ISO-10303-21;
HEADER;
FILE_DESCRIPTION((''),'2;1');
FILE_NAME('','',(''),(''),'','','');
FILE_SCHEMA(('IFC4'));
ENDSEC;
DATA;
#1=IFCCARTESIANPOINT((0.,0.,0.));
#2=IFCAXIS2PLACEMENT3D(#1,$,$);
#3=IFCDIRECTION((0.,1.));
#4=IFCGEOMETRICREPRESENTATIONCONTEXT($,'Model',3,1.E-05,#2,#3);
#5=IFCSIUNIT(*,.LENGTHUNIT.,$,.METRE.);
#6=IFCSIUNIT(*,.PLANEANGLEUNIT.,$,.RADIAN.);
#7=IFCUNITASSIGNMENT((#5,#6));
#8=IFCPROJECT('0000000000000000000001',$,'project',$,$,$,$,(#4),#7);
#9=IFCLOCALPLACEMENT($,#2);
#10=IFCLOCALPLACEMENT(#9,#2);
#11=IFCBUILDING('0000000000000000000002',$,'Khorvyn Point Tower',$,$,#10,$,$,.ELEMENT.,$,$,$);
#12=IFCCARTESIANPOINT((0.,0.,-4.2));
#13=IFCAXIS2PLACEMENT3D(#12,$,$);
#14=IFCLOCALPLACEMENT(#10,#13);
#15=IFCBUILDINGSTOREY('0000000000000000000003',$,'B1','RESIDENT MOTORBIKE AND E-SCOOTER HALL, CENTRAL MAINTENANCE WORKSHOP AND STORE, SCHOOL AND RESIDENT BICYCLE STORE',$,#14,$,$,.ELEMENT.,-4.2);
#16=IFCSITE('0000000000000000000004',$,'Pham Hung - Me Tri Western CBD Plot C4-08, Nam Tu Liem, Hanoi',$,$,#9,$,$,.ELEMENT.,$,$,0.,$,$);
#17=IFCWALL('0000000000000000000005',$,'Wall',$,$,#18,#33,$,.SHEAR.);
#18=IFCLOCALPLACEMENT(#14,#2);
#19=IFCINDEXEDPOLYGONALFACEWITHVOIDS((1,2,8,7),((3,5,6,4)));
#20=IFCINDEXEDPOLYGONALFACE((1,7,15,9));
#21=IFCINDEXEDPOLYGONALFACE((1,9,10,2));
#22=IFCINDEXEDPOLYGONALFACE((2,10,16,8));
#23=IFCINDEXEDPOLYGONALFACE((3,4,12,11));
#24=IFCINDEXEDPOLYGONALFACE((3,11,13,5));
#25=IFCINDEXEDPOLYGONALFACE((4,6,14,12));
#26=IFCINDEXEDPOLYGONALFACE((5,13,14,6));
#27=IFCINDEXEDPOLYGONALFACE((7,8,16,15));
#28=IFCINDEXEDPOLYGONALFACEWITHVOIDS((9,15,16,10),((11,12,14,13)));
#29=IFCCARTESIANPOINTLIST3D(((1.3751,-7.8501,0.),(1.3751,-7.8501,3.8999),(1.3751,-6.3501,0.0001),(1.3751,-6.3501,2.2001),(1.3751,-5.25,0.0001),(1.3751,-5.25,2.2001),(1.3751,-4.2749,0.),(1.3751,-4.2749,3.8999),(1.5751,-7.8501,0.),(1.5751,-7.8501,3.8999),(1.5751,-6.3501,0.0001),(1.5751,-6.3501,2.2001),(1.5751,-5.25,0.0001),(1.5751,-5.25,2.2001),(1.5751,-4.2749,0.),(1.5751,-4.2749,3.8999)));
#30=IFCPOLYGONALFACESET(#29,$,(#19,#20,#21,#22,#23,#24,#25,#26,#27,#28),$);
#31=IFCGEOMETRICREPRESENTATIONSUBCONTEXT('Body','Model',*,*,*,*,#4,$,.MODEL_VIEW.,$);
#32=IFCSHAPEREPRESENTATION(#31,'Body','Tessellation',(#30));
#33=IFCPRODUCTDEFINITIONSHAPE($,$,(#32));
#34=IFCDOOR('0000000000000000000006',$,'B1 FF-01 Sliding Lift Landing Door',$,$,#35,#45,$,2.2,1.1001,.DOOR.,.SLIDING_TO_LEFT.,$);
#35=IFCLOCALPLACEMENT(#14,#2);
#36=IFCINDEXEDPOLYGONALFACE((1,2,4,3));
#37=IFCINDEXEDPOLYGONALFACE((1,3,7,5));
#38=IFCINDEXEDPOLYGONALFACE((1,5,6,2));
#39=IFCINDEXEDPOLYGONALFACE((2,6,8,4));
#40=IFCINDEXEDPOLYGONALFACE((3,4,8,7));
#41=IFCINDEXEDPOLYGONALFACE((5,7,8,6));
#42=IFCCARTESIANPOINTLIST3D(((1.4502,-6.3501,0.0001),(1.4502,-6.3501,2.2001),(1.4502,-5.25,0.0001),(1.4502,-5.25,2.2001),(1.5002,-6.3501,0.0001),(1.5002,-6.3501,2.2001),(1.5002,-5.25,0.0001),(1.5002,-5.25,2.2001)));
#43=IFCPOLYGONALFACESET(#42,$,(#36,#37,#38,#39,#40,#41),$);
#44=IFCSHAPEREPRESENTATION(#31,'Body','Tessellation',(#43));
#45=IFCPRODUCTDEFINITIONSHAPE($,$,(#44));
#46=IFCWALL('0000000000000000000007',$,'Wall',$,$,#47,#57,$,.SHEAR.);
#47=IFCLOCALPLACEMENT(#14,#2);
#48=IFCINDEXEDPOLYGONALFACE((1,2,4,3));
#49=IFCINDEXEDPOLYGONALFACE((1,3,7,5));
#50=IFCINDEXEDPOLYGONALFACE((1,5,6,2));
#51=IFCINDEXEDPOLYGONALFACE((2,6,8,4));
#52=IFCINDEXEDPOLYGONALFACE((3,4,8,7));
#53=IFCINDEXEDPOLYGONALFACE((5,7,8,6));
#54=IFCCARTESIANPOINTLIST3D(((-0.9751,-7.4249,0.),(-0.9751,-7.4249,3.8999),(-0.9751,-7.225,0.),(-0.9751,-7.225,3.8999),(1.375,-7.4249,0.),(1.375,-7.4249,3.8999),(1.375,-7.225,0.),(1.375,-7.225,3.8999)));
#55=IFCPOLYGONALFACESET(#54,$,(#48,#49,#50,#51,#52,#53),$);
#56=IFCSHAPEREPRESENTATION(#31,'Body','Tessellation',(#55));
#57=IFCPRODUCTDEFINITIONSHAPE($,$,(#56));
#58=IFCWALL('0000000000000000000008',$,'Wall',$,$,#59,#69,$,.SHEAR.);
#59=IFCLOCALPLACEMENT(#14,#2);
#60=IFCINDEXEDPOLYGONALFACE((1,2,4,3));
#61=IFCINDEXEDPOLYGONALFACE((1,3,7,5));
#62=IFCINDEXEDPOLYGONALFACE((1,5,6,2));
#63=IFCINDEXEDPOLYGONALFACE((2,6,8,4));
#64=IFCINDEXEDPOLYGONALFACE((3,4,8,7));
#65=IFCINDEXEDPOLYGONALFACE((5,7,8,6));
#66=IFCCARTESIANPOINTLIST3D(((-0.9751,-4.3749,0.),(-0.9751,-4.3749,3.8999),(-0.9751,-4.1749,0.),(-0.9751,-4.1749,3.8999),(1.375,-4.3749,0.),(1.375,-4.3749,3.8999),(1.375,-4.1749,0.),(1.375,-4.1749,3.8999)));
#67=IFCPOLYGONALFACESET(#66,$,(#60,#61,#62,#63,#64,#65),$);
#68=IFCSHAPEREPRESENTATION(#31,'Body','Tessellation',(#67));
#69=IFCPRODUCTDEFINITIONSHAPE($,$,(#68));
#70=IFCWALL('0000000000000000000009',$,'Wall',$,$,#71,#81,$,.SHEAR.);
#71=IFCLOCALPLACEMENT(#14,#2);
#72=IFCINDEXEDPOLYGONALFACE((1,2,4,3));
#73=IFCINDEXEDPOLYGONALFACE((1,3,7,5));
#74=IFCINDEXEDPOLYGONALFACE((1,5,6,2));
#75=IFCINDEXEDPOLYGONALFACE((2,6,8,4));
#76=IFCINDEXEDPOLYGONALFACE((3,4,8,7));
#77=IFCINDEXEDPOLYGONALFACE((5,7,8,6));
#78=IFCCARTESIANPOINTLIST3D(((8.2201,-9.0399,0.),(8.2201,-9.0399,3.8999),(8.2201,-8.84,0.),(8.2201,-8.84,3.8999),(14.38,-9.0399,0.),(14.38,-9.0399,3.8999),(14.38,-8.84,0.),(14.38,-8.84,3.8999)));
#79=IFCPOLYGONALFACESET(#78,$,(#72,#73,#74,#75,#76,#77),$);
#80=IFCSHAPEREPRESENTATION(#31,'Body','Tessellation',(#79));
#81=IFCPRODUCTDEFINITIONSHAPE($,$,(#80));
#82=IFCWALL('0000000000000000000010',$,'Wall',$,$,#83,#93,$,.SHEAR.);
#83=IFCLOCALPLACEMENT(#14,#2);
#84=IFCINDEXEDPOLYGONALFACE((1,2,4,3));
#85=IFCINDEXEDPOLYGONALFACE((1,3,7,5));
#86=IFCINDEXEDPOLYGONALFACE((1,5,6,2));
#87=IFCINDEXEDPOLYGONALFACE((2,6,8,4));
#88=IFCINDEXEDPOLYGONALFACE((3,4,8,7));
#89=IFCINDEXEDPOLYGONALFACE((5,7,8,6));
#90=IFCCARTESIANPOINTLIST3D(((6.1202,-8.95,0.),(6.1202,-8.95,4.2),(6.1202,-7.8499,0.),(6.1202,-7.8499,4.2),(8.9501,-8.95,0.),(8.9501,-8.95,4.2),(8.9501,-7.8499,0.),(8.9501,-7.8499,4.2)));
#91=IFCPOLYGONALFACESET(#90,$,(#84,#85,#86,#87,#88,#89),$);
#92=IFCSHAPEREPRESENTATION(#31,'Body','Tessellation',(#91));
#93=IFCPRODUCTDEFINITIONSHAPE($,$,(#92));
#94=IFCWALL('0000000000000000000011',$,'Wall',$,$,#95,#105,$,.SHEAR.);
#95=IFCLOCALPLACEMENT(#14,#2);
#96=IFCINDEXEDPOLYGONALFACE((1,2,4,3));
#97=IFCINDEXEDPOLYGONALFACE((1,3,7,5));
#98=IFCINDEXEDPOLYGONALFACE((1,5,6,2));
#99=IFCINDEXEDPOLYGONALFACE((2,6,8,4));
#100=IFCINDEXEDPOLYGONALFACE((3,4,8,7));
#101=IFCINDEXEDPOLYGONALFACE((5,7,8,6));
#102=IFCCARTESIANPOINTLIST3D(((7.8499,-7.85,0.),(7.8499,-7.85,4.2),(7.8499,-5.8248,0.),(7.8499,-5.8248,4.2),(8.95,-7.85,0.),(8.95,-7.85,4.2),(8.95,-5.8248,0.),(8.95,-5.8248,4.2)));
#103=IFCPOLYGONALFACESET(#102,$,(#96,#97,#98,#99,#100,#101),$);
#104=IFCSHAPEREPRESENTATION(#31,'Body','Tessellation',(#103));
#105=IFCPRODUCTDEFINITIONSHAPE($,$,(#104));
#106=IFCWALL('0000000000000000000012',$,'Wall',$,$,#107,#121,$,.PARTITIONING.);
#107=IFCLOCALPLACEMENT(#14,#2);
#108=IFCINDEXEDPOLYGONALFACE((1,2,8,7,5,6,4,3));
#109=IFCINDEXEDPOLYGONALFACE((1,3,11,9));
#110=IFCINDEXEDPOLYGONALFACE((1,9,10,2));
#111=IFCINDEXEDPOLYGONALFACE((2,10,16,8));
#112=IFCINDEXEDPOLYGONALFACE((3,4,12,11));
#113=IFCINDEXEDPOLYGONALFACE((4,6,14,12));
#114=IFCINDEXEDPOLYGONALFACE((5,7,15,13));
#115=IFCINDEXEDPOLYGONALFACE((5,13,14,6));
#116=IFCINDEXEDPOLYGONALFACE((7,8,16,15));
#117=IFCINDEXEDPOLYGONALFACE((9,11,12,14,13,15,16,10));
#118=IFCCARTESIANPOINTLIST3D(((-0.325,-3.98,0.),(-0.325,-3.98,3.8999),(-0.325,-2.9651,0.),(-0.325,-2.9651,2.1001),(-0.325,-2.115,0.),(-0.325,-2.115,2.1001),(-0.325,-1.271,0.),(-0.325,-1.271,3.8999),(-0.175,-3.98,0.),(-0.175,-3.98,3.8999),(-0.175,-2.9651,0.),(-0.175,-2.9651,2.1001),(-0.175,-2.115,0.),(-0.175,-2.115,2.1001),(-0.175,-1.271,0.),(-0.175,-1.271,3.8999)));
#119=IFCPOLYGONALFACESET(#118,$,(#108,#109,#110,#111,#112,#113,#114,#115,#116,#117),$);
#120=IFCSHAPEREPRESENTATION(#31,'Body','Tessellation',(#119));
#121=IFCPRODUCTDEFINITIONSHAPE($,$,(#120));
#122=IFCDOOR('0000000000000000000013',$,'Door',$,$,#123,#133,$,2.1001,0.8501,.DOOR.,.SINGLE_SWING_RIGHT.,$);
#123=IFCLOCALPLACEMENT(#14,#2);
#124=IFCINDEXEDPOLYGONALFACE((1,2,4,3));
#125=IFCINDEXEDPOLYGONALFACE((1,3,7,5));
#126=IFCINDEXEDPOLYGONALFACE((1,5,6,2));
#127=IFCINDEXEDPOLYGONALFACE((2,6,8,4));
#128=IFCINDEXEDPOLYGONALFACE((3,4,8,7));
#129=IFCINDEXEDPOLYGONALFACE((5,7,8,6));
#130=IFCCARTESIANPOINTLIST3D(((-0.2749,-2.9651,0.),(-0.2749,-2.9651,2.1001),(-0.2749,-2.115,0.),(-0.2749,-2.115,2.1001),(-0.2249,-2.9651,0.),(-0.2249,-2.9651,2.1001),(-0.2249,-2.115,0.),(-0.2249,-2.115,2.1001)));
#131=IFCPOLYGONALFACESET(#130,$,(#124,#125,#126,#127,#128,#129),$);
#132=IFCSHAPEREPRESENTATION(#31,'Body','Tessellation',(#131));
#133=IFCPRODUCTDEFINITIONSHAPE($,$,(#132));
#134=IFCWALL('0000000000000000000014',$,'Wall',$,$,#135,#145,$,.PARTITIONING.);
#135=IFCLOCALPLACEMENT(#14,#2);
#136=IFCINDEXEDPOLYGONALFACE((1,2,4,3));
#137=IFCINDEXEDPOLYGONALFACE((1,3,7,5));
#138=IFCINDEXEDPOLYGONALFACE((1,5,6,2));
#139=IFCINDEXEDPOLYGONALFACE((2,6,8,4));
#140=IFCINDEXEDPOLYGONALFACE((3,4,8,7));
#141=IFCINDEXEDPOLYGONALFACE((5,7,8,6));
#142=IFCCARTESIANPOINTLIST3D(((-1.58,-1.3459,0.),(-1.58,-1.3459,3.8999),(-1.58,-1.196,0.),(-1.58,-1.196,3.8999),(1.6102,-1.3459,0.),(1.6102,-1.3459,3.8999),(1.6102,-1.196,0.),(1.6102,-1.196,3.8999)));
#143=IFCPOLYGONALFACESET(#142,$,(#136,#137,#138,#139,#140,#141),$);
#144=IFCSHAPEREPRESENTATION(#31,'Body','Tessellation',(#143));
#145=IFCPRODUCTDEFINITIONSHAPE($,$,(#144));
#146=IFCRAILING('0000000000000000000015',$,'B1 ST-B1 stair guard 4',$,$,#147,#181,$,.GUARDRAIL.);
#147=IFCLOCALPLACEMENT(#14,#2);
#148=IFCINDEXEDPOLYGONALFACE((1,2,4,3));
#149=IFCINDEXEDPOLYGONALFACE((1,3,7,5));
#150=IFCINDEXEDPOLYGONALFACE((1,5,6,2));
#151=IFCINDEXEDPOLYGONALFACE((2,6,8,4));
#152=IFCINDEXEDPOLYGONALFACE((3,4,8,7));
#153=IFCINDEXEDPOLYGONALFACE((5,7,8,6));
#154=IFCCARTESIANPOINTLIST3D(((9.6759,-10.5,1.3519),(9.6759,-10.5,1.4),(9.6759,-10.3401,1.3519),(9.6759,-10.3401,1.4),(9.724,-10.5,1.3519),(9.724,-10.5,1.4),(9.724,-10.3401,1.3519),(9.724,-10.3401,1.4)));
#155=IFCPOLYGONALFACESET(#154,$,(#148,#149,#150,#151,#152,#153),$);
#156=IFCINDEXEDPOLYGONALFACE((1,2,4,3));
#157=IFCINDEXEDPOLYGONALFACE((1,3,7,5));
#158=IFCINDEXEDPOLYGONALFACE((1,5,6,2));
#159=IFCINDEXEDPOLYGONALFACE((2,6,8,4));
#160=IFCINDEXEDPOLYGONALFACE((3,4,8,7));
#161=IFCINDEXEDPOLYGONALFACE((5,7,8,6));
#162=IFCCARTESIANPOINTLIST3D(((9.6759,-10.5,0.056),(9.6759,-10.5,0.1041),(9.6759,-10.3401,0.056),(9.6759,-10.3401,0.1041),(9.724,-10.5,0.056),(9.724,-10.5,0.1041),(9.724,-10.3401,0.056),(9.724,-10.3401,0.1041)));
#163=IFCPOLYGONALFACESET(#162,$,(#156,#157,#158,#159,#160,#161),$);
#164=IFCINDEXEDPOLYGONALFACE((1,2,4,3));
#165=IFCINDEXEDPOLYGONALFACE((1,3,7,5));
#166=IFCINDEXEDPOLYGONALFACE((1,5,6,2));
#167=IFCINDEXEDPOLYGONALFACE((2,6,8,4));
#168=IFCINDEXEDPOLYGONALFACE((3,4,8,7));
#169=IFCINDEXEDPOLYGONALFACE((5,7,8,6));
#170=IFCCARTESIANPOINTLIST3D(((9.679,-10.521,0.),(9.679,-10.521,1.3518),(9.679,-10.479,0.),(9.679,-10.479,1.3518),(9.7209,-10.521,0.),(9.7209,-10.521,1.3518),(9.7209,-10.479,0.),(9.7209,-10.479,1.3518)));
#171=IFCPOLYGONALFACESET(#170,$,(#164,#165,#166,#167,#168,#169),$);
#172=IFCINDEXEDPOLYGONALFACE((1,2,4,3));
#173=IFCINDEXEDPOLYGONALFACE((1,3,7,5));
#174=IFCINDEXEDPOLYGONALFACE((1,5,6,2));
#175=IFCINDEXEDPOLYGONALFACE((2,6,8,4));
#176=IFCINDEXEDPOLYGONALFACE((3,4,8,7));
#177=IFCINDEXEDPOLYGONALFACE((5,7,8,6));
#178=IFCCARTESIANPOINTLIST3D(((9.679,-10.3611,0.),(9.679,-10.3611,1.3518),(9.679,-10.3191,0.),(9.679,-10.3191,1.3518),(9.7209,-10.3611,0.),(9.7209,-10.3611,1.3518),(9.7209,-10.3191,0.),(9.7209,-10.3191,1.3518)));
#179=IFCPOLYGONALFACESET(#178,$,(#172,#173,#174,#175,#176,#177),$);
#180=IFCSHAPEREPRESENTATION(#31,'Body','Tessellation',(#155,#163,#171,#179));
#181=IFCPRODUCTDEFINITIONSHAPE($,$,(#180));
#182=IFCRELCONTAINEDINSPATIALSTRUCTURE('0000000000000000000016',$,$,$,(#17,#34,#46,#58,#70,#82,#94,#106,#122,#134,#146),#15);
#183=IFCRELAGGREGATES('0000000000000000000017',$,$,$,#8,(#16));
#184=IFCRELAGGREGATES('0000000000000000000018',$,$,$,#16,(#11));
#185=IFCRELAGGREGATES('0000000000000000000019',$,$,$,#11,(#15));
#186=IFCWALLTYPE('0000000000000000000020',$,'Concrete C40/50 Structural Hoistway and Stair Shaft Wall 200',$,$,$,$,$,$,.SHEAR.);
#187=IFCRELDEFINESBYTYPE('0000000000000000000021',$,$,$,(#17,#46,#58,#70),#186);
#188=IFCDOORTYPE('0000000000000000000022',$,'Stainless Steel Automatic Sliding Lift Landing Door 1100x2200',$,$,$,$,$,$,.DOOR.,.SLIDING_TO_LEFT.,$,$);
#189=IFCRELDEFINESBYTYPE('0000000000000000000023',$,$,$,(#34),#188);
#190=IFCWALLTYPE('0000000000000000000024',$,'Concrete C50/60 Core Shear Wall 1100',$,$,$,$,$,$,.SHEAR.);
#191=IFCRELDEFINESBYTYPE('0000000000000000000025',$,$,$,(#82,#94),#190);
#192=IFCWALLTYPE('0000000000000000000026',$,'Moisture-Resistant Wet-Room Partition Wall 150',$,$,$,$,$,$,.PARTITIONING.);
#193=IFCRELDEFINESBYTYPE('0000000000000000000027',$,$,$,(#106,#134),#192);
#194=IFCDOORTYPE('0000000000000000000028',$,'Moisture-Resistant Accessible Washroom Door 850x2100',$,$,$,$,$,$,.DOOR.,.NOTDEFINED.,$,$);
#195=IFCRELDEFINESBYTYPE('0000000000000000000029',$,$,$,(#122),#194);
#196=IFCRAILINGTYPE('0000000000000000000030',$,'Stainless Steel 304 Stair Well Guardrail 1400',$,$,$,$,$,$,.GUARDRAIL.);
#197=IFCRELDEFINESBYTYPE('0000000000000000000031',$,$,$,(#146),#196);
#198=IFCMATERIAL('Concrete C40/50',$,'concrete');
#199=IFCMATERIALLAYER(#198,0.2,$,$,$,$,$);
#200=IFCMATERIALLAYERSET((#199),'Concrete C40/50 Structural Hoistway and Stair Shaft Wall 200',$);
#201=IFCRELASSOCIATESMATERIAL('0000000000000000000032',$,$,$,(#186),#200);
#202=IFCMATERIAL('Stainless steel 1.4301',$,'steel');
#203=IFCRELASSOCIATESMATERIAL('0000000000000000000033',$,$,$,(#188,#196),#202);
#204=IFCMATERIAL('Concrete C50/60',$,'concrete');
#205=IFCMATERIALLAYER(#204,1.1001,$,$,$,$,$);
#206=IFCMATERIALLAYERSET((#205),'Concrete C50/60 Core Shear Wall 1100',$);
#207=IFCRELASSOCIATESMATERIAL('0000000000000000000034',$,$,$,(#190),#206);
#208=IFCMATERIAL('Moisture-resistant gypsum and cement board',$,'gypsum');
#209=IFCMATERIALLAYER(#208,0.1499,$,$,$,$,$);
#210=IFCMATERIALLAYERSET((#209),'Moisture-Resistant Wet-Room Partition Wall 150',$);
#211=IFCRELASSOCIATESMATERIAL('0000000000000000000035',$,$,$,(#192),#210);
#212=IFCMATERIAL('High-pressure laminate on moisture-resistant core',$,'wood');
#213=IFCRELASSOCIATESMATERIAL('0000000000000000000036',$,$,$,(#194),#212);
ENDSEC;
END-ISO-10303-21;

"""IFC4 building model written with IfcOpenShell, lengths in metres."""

from ifc_helpers import new_model, si_unit, direction, frame, frame_2d, origin, origin_2d, place, context, subcontext, project, spatial, rectangle, extrude, material, layer, layer_set, type_object, element, fill, save


model = new_model("IFC4")

# Units and contexts
model_context = context("Model", 3, precision=1e-05, world=origin(), true_north=direction((0.0, 1.0)))
body_context = subcontext(model_context, "Body", "Model", "MODEL_VIEW")
ifc_project = project(units=[si_unit("LENGTHUNIT", "METRE"), si_unit("PLANEANGLEUNIT", "RADIAN")], contexts=[model_context])

# Site, building, storey
site_placement = place(None, origin())
site = spatial("IfcSite", under=ifc_project, at=site_placement, Name="Pham Hung - Me Tri Western CBD Plot C4-08, Nam Tu Liem, Hanoi", CompositionType="ELEMENT", RefElevation=0.0)
building_placement = place(site_placement, origin())
building = spatial("IfcBuilding", under=site, at=building_placement, Name="Khorvyn Point Tower", CompositionType="ELEMENT")
storey_placement = place(building_placement, frame((0.0, 0.0, -4.2)))
storey = spatial("IfcBuildingStorey", under=building, at=storey_placement, Name="B1", Description="RESIDENT MOTORBIKE AND E-SCOOTER HALL, CENTRAL MAINTENANCE WORKSHOP AND STORE, SCHOOL AND RESIDENT BICYCLE STORE", CompositionType="ELEMENT", Elevation=-4.2)

# Shared definitions
ifc_material_1 = material(Name="Concrete C40/50", Category="concrete")

# Shared definitions
ifc_material_2 = material(Name="Concrete C50/60", Category="concrete")

# Shared definitions
ifc_layer_1 = layer(ifc_material_1, 0.2)
ifc_layer_set_1 = layer_set([ifc_layer_1], Name="Concrete C40/50 Structural Hoistway and Stair Shaft Wall 200")
wall_type_1 = type_object("IfcWallType", Name="Concrete C40/50 Structural Hoistway and Stair Shaft Wall 200", PredefinedType="SHEAR", material=ifc_layer_set_1)

# Wall, opening, door
wall_1_placement = place(storey_placement, frame((1.4751, -7.8501, 0.0), z_axis=(0.0, 0.0, 1.0), x_axis=(0.0, 1.0, 0.0)))
wall_1 = element("IfcWall", 1, at=wall_1_placement, inside=storey, type_object=wall_type_1, Name="Wall", PredefinedType="SHEAR", context=body_context, shape_type="SweptSolid", body=[
    extrude(rectangle(XDim=3.5752, YDim=0.2, at=frame_2d((1.7876, 0.0))), origin(), (0.0, 0.0, 1.0), 3.8999),
])
opening_1_placement = place(wall_1_placement, frame((1.5, 0.0, 0.0)))
opening_1 = element("IfcOpeningElement", 2, at=opening_1_placement, cuts=wall_1, PredefinedType="OPENING", context=body_context, shape_type="SweptSolid", body=[
    extrude(rectangle(XDim=1.1001, YDim=2.2, at=frame_2d((0.55, 1.1001))), frame((0.0, 0.1099, 0.0), z_axis=(0.0, -1.0, 0.0), x_axis=(1.0, 0.0, 0.0)), (0.0, 0.0, 1.0), 0.22),
])
ifc_material_3 = material(Name="Stainless steel 1.4301", Category="steel")
door_type_1 = type_object("IfcDoorType", Name="Stainless Steel Automatic Sliding Lift Landing Door 1100x2200", OperationType="SLIDING_TO_LEFT", PredefinedType="DOOR", material=ifc_material_3)
door_1_placement = place(opening_1_placement, origin())
door_1 = element("IfcDoor", 3, at=door_1_placement, inside=storey, type_object=door_type_1, Name="B1 FF-01 Sliding Lift Landing Door", OperationType="SLIDING_TO_LEFT", OverallHeight=2.2, OverallWidth=1.1001, PredefinedType="DOOR", context=body_context, shape_type="SweptSolid", body=[
    extrude(rectangle(XDim=1.1001, YDim=2.2, at=frame_2d((0.55, 1.1001))), frame((0.0, 0.0249, 0.0), z_axis=(0.0, -1.0, 0.0), x_axis=(1.0, 0.0, 0.0)), (0.0, 0.0, 1.0), 0.05),
])
fill(opening_1, door_1)

# Walls
for number, where, z_axis, x_axis, name in (
    (4, (-0.9751, -7.325, 0.0), (0.0, 0.0, 1.0), (1.0, 0.0, 0.0), "Wall"),
    (5, (-0.9751, -4.2749, 0.0), (0.0, 0.0, 1.0), (1.0, 0.0, 0.0), "Wall"),
):
    element("IfcWall", number, at=place(storey_placement, frame(where, z_axis=z_axis, x_axis=x_axis)), inside=storey, type_object=wall_type_1, Name=name, PredefinedType="SHEAR", context=body_context, shape_type="SweptSolid", body=[
        extrude(rectangle(XDim=2.3501, YDim=0.2, at=frame_2d((1.175, 0.0))), origin(), (0.0, 0.0, 1.0), 3.8999),
    ])
wall_2_placement = place(storey_placement, frame((8.22, -8.9399, 0.0), z_axis=(0.0, 0.0, 1.0), x_axis=(1.0, 0.0, 0.0)))
element("IfcWall", 6, at=wall_2_placement, inside=storey, type_object=wall_type_1, Name="Wall", PredefinedType="SHEAR", context=body_context, shape_type="SweptSolid", body=[
    extrude(rectangle(XDim=6.1599, YDim=0.2, at=frame_2d((3.0801, 0.0))), origin(), (0.0, 0.0, 1.0), 3.8999),
])
ifc_layer_2 = layer(ifc_material_2, 1.1001)
ifc_layer_set_2 = layer_set([ifc_layer_2], Name="Concrete C50/60 Core Shear Wall 1100")
wall_type_2 = type_object("IfcWallType", Name="Concrete C50/60 Core Shear Wall 1100", PredefinedType="SHEAR", material=ifc_layer_set_2)
wall_3_placement = place(storey_placement, frame((6.1201, -8.3999, 0.0), z_axis=(0.0, 0.0, 1.0), x_axis=(1.0, 0.0, 0.0)))
element("IfcWall", 7, at=wall_3_placement, inside=storey, type_object=wall_type_2, Name="Wall", PredefinedType="SHEAR", context=body_context, shape_type="SweptSolid", body=[
    extrude(rectangle(XDim=2.8298, YDim=1.1001, at=frame_2d((1.415, 0.0))), origin(), (0.0, 0.0, 1.0), 4.2),
])
wall_4_placement = place(storey_placement, frame((8.3999, -7.8501, 0.0), z_axis=(0.0, 0.0, 1.0), x_axis=(0.0, 1.0, 0.0)))
element("IfcWall", 8, at=wall_4_placement, inside=storey, type_object=wall_type_2, Name="Wall", PredefinedType="SHEAR", context=body_context, shape_type="SweptSolid", body=[
    extrude(rectangle(XDim=2.0251, YDim=1.1001, at=frame_2d((1.0127, 0.0))), origin(), (0.0, 0.0, 1.0), 4.2),
])

# Wall, opening, door
ifc_material_4 = material(Name="Moisture-resistant gypsum and cement board", Category="gypsum")
ifc_layer_3 = layer(ifc_material_4, 0.1499)
ifc_layer_set_3 = layer_set([ifc_layer_3], Name="Moisture-Resistant Wet-Room Partition Wall 150")
wall_type_3 = type_object("IfcWallType", Name="Moisture-Resistant Wet-Room Partition Wall 150", PredefinedType="PARTITIONING", material=ifc_layer_set_3)
wall_5_placement = place(storey_placement, frame((-0.25, -3.98, 0.0), z_axis=(0.0, 0.0, 1.0), x_axis=(0.0, 1.0, 0.0)))
wall_5 = element("IfcWall", 9, at=wall_5_placement, inside=storey, type_object=wall_type_3, Name="Wall", PredefinedType="PARTITIONING", context=body_context, shape_type="SweptSolid", body=[
    extrude(rectangle(XDim=2.709, YDim=0.1499, at=frame_2d((1.3545, 0.0))), origin(), (0.0, 0.0, 1.0), 3.8999),
])
opening_2_placement = place(wall_5_placement, frame((1.0149, 0.0, 0.0)))
opening_2 = element("IfcOpeningElement", 10, at=opening_2_placement, cuts=wall_5, PredefinedType="OPENING", context=body_context, shape_type="SweptSolid", body=[
    extrude(rectangle(XDim=0.8501, YDim=2.1001, at=frame_2d((0.425, 1.05))), frame((0.0, 0.085, 0.0), z_axis=(0.0, -1.0, 0.0), x_axis=(1.0, 0.0, 0.0)), (0.0, 0.0, 1.0), 0.1699),
])
ifc_material_5 = material(Name="High-pressure laminate on moisture-resistant core", Category="wood")
door_type_2 = type_object("IfcDoorType", Name="Moisture-Resistant Accessible Washroom Door 850x2100", OperationType="NOTDEFINED", PredefinedType="DOOR", material=ifc_material_5)
door_2_placement = place(opening_2_placement, origin())
door_2 = element("IfcDoor", 11, at=door_2_placement, inside=storey, type_object=door_type_2, Name="Door", OperationType="SINGLE_SWING_RIGHT", OverallHeight=2.1001, OverallWidth=0.8501, PredefinedType="DOOR", context=body_context, shape_type="SweptSolid", body=[
    extrude(rectangle(XDim=0.8501, YDim=2.1001, at=frame_2d((0.425, 1.05))), frame((0.0, 0.0249, 0.0), z_axis=(0.0, -1.0, 0.0), x_axis=(1.0, 0.0, 0.0)), (0.0, 0.0, 1.0), 0.05),
])
fill(opening_2, door_2)

# Wall
wall_6_placement = place(storey_placement, frame((-1.5801, -1.271, 0.0), z_axis=(0.0, 0.0, 1.0), x_axis=(1.0, 0.0, 0.0)))
element("IfcWall", 12, at=wall_6_placement, inside=storey, type_object=wall_type_3, Name="Wall", PredefinedType="PARTITIONING", context=body_context, shape_type="SweptSolid", body=[
    extrude(rectangle(XDim=3.1902, YDim=0.1499, at=frame_2d((1.5952, 0.0))), origin(), (0.0, 0.0, 1.0), 3.8999),
])

# Railing
railing_type = type_object("IfcRailingType", Name="Stainless Steel 304 Stair Well Guardrail 1400", PredefinedType="GUARDRAIL", material=ifc_material_3)
railing_placement = place(storey_placement, frame((9.7, -10.5, 0.0)))
element("IfcRailing", 13, at=railing_placement, inside=storey, type_object=railing_type, Name="B1 ST-B1 stair guard 4", PredefinedType="GUARDRAIL", context=body_context, shape_type="SweptSolid", body=[
    extrude(rectangle(XDim=0.0481, YDim=0.0481, at=origin_2d()), frame((0.0, 0.0, 1.376), z_axis=(0.0, 1.0, 0.0), x_axis=(-1.0, 0.0, 0.0)), (0.0, 0.0, 1.0), 0.1599),
    extrude(rectangle(XDim=0.0481, YDim=0.0481, at=origin_2d()), frame((0.0, 0.0, 0.0801), z_axis=(0.0, 1.0, 0.0), x_axis=(-1.0, 0.0, 0.0)), (0.0, 0.0, 1.0), 0.1599),
    extrude(rectangle(XDim=0.042, YDim=0.042, at=origin_2d()), origin(), (0.0, 0.0, 1.0), 1.3518),
    extrude(rectangle(XDim=0.042, YDim=0.042, at=origin_2d()), frame((0.0, 0.1599, 0.0)), (0.0, 0.0, 1.0), 1.3518),
])

save(model, "model.ifc")
